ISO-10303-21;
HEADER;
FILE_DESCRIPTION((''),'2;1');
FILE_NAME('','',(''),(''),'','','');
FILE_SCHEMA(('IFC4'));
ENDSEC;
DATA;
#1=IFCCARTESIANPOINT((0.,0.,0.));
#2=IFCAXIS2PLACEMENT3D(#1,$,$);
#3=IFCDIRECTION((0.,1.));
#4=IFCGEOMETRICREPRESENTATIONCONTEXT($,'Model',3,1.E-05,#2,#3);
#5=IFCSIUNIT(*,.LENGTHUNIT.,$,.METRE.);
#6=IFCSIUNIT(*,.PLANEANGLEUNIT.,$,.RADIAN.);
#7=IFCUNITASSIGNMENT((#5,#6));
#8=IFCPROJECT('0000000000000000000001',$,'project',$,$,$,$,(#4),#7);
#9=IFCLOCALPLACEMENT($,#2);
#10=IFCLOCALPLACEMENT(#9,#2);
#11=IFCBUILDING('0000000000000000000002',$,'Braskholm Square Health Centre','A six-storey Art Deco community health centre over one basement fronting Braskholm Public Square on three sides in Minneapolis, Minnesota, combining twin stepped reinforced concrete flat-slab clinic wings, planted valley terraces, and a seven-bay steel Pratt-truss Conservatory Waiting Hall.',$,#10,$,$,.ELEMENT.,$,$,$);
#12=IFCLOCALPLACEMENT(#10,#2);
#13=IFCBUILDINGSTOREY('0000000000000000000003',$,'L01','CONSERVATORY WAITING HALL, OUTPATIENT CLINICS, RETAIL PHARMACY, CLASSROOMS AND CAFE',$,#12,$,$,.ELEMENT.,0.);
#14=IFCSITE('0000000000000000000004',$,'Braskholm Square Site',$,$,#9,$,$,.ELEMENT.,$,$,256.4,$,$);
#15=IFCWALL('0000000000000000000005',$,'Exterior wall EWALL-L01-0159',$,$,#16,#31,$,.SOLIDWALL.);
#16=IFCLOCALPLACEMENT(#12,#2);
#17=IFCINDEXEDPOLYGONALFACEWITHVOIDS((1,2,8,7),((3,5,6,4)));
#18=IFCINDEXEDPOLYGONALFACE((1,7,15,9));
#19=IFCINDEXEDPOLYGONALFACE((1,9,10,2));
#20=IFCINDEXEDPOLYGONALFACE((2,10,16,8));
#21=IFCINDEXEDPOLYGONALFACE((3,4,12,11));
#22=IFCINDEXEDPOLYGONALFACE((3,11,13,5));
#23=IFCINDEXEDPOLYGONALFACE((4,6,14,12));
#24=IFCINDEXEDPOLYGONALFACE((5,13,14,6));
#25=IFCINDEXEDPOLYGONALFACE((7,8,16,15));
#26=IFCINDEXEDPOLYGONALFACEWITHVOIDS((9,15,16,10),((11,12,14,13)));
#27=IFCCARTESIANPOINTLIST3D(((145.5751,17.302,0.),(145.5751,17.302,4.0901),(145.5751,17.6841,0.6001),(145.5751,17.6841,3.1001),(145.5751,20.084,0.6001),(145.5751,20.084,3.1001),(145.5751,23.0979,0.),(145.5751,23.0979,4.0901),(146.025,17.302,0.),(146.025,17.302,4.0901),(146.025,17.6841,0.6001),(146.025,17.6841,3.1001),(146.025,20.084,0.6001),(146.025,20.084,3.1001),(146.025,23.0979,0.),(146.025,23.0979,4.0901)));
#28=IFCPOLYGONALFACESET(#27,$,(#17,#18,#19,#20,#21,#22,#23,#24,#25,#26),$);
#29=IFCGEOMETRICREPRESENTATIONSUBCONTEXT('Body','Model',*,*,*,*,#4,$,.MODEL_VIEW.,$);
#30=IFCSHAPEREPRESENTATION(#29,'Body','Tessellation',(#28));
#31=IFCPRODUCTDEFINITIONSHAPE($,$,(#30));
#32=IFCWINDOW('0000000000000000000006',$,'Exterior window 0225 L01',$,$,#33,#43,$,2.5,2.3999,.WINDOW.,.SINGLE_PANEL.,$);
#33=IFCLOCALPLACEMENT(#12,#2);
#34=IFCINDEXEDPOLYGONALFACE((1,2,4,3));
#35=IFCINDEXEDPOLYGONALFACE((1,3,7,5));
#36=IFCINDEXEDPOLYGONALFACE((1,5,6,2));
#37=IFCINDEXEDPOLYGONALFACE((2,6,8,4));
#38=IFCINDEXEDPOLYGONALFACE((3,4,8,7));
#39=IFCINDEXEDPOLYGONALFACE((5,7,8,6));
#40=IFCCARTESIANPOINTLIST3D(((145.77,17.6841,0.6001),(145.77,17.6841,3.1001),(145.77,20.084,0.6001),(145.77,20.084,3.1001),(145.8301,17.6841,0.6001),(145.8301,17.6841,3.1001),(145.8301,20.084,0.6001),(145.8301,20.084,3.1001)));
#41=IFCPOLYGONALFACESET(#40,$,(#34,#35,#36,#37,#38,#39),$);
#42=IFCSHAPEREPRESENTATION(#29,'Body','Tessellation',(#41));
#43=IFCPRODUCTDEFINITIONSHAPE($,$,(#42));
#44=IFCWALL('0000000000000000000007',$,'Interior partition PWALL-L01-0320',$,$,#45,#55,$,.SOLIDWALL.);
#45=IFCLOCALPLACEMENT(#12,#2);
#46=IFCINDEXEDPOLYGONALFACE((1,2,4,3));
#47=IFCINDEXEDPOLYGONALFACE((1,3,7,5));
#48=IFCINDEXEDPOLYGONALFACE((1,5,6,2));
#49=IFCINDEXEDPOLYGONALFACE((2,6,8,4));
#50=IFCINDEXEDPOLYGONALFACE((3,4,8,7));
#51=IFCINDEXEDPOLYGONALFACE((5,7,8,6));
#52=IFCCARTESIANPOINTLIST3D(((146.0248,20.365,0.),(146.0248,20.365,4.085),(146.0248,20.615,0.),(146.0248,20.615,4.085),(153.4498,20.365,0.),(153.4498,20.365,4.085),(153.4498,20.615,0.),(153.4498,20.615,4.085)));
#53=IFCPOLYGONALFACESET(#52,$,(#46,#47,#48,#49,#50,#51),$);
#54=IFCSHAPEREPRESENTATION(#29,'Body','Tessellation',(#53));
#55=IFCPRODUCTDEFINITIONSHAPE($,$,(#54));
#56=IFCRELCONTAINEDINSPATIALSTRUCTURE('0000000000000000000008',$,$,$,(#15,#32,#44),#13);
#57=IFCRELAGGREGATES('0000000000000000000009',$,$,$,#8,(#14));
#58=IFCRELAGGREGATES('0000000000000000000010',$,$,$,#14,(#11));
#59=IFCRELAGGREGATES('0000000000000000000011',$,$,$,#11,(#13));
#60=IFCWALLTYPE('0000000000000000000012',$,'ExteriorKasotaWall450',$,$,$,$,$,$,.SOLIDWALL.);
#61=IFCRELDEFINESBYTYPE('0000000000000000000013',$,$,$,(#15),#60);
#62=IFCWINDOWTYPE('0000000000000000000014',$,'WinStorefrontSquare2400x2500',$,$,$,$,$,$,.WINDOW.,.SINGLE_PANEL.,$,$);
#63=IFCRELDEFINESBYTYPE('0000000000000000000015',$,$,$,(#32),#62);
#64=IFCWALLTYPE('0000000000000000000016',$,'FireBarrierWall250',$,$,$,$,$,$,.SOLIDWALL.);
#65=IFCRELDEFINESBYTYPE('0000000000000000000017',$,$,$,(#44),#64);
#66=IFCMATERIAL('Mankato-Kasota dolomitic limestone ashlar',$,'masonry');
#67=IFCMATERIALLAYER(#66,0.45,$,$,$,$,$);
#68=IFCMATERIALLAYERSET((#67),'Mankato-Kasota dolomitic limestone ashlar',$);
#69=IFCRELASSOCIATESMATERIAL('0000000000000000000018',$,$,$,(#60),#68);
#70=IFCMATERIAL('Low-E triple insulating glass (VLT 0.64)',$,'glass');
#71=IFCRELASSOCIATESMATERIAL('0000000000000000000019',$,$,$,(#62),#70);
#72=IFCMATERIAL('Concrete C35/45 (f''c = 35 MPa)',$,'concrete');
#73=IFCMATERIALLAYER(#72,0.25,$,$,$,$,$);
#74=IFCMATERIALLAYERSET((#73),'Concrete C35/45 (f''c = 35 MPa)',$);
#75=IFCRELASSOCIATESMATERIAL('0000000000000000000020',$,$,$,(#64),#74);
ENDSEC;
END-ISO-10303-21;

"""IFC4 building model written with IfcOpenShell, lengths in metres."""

from ifc_helpers import new_model, si_unit, direction, frame, frame_2d, origin, origin_with_axes, place, context, subcontext, project, spatial, rectangle, extrude, material, layer, layer_set, type_object, element, fill, save


model = new_model("IFC4")

# Units and contexts
model_context = context("Model", 3, precision=1e-05, world=origin(), true_north=direction((0.0, 1.0)))
body_context = subcontext(model_context, "Body", "Model", "MODEL_VIEW")
ifc_project = project(units=[si_unit("LENGTHUNIT", "METRE"), si_unit("PLANEANGLEUNIT", "RADIAN")], contexts=[model_context])

# Site, building, storey
site_placement = place(None, origin())
site = spatial("IfcSite", under=ifc_project, at=site_placement, Name="Braskholm Square Site", CompositionType="ELEMENT", RefElevation=256.4)
building_placement = place(site_placement, origin())
building = spatial("IfcBuilding", under=site, at=building_placement, Name="Braskholm Square Health Centre", Description="A six-storey Art Deco community health centre over one basement fronting Braskholm Public Square on three sides in Minneapolis, Minnesota, combining twin stepped reinforced concrete flat-slab clinic wings, planted valley terraces, and a seven-bay steel Pratt-truss Conservatory Waiting Hall.", CompositionType="ELEMENT")
storey_placement = place(building_placement, origin())
storey = spatial("IfcBuildingStorey", under=building, at=storey_placement, Name="L01", Description="CONSERVATORY WAITING HALL, OUTPATIENT CLINICS, RETAIL PHARMACY, CLASSROOMS AND CAFE", CompositionType="ELEMENT", Elevation=0.0)

# Shared definitions
ifc_material_1 = material(Name="Concrete C35/45 (f'c = 35 MPa)", Category="concrete")

# Shared definitions
ifc_material_2 = material(Name="Mankato-Kasota dolomitic limestone ashlar", Category="masonry")
ifc_layer_1 = layer(ifc_material_2, 0.45)
ifc_layer_set_1 = layer_set([ifc_layer_1], Name="Mankato-Kasota dolomitic limestone ashlar")
wall_type_1 = type_object("IfcWallType", Name="ExteriorKasotaWall450", PredefinedType="SOLIDWALL", material=ifc_layer_set_1)
ifc_material_3 = material(Name="Low-E triple insulating glass (VLT 0.64)", Category="glass")

# Wall, opening, window
wall_1_placement = place(storey_placement, frame((145.8, 23.0979, 0.0), z_axis=(0.0, 0.0, 1.0), x_axis=(0.0, -1.0, 0.0)))
wall_1 = element("IfcWall", 1, at=wall_1_placement, inside=storey, type_object=wall_type_1, Name="Exterior wall EWALL-L01-0159", PredefinedType="SOLIDWALL", context=body_context, shape_type="SweptSolid", body=[
    extrude(rectangle(XDim=5.7959, YDim=0.45, at=frame_2d((2.8979, 0.0))), origin(), (0.0, 0.0, 1.0), 4.0901),
])
opening_1_placement = place(wall_1_placement, frame((3.0139, 0.0, 0.6001)))
opening_1 = element("IfcOpeningElement", 2, at=opening_1_placement, cuts=wall_1, PredefinedType="OPENING", context=body_context, shape_type="SweptSolid", body=[
    extrude(rectangle(XDim=2.3999, YDim=2.5, at=frame_2d((1.2, 1.25))), frame((0.0, 0.2349, 0.0), z_axis=(0.0, -1.0, 0.0), x_axis=(1.0, 0.0, 0.0)), (0.0, 0.0, 1.0), 0.47),
])
window_type = type_object("IfcWindowType", Name="WinStorefrontSquare2400x2500", PartitioningType="SINGLE_PANEL", PredefinedType="WINDOW", material=ifc_material_3)
window_placement = place(opening_1_placement, origin_with_axes())
window = element("IfcWindow", 3, at=window_placement, inside=storey, type_object=window_type, Name="Exterior window 0225 L01", OverallHeight=2.5, OverallWidth=2.3999, PartitioningType="SINGLE_PANEL", PredefinedType="WINDOW", context=body_context, shape_type="SweptSolid", body=[
    extrude(rectangle(XDim=2.3999, YDim=2.5, at=frame_2d((1.2, 1.25))), frame((0.0, 0.03, 0.0), z_axis=(0.0, -1.0, 0.0), x_axis=(1.0, 0.0, 0.0)), (0.0, 0.0, 1.0), 0.0601),
])
fill(opening_1, window)

# Wall
ifc_layer_2 = layer(ifc_material_1, 0.25)
ifc_layer_set_2 = layer_set([ifc_layer_2], Name="Concrete C35/45 (f'c = 35 MPa)")
wall_type_2 = type_object("IfcWallType", Name="FireBarrierWall250", PredefinedType="SOLIDWALL", material=ifc_layer_set_2)
wall_2_placement = place(storey_placement, frame((146.0249, 20.49, 0.0), z_axis=(0.0, 0.0, 1.0), x_axis=(1.0, 0.0, 0.0)))
element("IfcWall", 4, at=wall_2_placement, inside=storey, type_object=wall_type_2, Name="Interior partition PWALL-L01-0320", PredefinedType="SOLIDWALL", context=body_context, shape_type="SweptSolid", body=[
    extrude(rectangle(XDim=7.425, YDim=0.25, at=frame_2d((3.7124, 0.0))), origin(), (0.0, 0.0, 1.0), 4.085),
])

save(model, "model.ifc")
